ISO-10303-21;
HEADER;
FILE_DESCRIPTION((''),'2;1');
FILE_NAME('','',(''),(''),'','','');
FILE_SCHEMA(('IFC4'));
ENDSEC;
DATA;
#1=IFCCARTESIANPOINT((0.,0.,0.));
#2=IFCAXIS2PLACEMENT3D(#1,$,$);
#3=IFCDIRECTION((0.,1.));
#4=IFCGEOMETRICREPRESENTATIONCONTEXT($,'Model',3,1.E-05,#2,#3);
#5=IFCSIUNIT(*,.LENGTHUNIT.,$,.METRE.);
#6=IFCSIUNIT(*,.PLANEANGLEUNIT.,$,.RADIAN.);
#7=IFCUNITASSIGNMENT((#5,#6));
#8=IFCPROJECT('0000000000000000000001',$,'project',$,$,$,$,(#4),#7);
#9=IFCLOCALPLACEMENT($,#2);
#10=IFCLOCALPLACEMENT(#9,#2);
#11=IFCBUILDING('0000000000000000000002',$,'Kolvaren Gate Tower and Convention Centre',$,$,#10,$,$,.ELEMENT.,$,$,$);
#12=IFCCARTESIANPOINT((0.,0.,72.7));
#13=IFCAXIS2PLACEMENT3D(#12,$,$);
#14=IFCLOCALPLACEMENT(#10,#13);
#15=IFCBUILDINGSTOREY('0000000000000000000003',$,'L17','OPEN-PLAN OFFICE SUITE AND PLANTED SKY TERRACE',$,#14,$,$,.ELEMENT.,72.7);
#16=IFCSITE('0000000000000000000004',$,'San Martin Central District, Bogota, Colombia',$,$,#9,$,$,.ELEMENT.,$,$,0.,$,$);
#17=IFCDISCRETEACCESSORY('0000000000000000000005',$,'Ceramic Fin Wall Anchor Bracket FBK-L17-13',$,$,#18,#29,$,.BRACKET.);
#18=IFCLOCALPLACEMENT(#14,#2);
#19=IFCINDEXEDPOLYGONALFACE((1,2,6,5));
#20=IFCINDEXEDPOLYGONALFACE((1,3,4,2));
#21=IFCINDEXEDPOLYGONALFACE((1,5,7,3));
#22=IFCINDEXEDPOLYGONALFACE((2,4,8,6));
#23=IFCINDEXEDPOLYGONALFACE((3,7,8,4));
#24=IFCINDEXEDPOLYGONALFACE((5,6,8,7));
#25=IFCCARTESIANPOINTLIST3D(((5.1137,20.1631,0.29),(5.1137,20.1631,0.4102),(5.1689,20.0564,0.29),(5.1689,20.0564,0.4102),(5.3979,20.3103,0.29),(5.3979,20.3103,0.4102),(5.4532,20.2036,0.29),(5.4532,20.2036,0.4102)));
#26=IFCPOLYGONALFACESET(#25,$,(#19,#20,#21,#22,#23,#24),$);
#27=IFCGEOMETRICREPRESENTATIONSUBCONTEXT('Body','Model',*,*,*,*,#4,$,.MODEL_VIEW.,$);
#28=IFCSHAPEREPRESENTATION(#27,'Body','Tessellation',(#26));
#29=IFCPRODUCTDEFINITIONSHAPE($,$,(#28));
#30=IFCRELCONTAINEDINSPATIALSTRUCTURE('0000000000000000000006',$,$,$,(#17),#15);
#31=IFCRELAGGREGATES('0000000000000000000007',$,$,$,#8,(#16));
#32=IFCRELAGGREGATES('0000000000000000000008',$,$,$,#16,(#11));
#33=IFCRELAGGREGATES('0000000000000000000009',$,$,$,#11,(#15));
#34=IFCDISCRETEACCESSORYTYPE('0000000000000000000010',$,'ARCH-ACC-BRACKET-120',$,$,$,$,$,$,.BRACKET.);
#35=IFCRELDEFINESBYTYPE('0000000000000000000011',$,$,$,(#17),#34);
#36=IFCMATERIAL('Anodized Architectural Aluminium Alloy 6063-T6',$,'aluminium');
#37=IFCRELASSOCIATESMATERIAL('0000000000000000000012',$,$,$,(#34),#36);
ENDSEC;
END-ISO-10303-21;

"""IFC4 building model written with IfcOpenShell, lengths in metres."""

from ifc_helpers import new_model, si_unit, direction, frame, origin, origin_2d, place, context, subcontext, project, spatial, rectangle, extrude, material, type_object, element, save


model = new_model("IFC4")

# Units and contexts
model_context = context("Model", 3, precision=1e-05, world=origin(), true_north=direction((0.0, 1.0)))
body_context = subcontext(model_context, "Body", "Model", "MODEL_VIEW")
ifc_project = project(units=[si_unit("LENGTHUNIT", "METRE"), si_unit("PLANEANGLEUNIT", "RADIAN")], contexts=[model_context])

# Site, building, storey
site_placement = place(None, origin())
site = spatial("IfcSite", under=ifc_project, at=site_placement, Name="San Martin Central District, Bogota, Colombia", CompositionType="ELEMENT", RefElevation=0.0)
building_placement = place(site_placement, origin())
building = spatial("IfcBuilding", under=site, at=building_placement, Name="Kolvaren Gate Tower and Convention Centre", CompositionType="ELEMENT")
storey_placement = place(building_placement, frame((0.0, 0.0, 72.7)))
storey = spatial("IfcBuildingStorey", under=building, at=storey_placement, Name="L17", Description="OPEN-PLAN OFFICE SUITE AND PLANTED SKY TERRACE", CompositionType="ELEMENT", Elevation=72.7)

# Shared definitions
ifc_material_1 = material(Name="Anodized Architectural Aluminium Alloy 6063-T6", Category="aluminium")

# Discrete accessory
discrete_accessory_type = type_object("IfcDiscreteAccessoryType", Name="ARCH-ACC-BRACKET-120", PredefinedType="BRACKET", material=ifc_material_1)
discrete_accessory_placement = place(storey_placement, frame((5.2834, 20.1833, 0.29), z_axis=(0.0, 0.0, 1.0), x_axis=(0.459802, -0.888022, 0.0)))
element("IfcDiscreteAccessory", 1, at=discrete_accessory_placement, inside=storey, type_object=discrete_accessory_type, Name="Ceramic Fin Wall Anchor Bracket FBK-L17-13", PredefinedType="BRACKET", context=body_context, shape_type="SweptSolid", body=[
    extrude(rectangle(XDim=0.1201, YDim=0.3201, at=origin_2d()), origin(), (0.0, 0.0, 1.0), 0.1201),
])

save(model, "model.ifc")
